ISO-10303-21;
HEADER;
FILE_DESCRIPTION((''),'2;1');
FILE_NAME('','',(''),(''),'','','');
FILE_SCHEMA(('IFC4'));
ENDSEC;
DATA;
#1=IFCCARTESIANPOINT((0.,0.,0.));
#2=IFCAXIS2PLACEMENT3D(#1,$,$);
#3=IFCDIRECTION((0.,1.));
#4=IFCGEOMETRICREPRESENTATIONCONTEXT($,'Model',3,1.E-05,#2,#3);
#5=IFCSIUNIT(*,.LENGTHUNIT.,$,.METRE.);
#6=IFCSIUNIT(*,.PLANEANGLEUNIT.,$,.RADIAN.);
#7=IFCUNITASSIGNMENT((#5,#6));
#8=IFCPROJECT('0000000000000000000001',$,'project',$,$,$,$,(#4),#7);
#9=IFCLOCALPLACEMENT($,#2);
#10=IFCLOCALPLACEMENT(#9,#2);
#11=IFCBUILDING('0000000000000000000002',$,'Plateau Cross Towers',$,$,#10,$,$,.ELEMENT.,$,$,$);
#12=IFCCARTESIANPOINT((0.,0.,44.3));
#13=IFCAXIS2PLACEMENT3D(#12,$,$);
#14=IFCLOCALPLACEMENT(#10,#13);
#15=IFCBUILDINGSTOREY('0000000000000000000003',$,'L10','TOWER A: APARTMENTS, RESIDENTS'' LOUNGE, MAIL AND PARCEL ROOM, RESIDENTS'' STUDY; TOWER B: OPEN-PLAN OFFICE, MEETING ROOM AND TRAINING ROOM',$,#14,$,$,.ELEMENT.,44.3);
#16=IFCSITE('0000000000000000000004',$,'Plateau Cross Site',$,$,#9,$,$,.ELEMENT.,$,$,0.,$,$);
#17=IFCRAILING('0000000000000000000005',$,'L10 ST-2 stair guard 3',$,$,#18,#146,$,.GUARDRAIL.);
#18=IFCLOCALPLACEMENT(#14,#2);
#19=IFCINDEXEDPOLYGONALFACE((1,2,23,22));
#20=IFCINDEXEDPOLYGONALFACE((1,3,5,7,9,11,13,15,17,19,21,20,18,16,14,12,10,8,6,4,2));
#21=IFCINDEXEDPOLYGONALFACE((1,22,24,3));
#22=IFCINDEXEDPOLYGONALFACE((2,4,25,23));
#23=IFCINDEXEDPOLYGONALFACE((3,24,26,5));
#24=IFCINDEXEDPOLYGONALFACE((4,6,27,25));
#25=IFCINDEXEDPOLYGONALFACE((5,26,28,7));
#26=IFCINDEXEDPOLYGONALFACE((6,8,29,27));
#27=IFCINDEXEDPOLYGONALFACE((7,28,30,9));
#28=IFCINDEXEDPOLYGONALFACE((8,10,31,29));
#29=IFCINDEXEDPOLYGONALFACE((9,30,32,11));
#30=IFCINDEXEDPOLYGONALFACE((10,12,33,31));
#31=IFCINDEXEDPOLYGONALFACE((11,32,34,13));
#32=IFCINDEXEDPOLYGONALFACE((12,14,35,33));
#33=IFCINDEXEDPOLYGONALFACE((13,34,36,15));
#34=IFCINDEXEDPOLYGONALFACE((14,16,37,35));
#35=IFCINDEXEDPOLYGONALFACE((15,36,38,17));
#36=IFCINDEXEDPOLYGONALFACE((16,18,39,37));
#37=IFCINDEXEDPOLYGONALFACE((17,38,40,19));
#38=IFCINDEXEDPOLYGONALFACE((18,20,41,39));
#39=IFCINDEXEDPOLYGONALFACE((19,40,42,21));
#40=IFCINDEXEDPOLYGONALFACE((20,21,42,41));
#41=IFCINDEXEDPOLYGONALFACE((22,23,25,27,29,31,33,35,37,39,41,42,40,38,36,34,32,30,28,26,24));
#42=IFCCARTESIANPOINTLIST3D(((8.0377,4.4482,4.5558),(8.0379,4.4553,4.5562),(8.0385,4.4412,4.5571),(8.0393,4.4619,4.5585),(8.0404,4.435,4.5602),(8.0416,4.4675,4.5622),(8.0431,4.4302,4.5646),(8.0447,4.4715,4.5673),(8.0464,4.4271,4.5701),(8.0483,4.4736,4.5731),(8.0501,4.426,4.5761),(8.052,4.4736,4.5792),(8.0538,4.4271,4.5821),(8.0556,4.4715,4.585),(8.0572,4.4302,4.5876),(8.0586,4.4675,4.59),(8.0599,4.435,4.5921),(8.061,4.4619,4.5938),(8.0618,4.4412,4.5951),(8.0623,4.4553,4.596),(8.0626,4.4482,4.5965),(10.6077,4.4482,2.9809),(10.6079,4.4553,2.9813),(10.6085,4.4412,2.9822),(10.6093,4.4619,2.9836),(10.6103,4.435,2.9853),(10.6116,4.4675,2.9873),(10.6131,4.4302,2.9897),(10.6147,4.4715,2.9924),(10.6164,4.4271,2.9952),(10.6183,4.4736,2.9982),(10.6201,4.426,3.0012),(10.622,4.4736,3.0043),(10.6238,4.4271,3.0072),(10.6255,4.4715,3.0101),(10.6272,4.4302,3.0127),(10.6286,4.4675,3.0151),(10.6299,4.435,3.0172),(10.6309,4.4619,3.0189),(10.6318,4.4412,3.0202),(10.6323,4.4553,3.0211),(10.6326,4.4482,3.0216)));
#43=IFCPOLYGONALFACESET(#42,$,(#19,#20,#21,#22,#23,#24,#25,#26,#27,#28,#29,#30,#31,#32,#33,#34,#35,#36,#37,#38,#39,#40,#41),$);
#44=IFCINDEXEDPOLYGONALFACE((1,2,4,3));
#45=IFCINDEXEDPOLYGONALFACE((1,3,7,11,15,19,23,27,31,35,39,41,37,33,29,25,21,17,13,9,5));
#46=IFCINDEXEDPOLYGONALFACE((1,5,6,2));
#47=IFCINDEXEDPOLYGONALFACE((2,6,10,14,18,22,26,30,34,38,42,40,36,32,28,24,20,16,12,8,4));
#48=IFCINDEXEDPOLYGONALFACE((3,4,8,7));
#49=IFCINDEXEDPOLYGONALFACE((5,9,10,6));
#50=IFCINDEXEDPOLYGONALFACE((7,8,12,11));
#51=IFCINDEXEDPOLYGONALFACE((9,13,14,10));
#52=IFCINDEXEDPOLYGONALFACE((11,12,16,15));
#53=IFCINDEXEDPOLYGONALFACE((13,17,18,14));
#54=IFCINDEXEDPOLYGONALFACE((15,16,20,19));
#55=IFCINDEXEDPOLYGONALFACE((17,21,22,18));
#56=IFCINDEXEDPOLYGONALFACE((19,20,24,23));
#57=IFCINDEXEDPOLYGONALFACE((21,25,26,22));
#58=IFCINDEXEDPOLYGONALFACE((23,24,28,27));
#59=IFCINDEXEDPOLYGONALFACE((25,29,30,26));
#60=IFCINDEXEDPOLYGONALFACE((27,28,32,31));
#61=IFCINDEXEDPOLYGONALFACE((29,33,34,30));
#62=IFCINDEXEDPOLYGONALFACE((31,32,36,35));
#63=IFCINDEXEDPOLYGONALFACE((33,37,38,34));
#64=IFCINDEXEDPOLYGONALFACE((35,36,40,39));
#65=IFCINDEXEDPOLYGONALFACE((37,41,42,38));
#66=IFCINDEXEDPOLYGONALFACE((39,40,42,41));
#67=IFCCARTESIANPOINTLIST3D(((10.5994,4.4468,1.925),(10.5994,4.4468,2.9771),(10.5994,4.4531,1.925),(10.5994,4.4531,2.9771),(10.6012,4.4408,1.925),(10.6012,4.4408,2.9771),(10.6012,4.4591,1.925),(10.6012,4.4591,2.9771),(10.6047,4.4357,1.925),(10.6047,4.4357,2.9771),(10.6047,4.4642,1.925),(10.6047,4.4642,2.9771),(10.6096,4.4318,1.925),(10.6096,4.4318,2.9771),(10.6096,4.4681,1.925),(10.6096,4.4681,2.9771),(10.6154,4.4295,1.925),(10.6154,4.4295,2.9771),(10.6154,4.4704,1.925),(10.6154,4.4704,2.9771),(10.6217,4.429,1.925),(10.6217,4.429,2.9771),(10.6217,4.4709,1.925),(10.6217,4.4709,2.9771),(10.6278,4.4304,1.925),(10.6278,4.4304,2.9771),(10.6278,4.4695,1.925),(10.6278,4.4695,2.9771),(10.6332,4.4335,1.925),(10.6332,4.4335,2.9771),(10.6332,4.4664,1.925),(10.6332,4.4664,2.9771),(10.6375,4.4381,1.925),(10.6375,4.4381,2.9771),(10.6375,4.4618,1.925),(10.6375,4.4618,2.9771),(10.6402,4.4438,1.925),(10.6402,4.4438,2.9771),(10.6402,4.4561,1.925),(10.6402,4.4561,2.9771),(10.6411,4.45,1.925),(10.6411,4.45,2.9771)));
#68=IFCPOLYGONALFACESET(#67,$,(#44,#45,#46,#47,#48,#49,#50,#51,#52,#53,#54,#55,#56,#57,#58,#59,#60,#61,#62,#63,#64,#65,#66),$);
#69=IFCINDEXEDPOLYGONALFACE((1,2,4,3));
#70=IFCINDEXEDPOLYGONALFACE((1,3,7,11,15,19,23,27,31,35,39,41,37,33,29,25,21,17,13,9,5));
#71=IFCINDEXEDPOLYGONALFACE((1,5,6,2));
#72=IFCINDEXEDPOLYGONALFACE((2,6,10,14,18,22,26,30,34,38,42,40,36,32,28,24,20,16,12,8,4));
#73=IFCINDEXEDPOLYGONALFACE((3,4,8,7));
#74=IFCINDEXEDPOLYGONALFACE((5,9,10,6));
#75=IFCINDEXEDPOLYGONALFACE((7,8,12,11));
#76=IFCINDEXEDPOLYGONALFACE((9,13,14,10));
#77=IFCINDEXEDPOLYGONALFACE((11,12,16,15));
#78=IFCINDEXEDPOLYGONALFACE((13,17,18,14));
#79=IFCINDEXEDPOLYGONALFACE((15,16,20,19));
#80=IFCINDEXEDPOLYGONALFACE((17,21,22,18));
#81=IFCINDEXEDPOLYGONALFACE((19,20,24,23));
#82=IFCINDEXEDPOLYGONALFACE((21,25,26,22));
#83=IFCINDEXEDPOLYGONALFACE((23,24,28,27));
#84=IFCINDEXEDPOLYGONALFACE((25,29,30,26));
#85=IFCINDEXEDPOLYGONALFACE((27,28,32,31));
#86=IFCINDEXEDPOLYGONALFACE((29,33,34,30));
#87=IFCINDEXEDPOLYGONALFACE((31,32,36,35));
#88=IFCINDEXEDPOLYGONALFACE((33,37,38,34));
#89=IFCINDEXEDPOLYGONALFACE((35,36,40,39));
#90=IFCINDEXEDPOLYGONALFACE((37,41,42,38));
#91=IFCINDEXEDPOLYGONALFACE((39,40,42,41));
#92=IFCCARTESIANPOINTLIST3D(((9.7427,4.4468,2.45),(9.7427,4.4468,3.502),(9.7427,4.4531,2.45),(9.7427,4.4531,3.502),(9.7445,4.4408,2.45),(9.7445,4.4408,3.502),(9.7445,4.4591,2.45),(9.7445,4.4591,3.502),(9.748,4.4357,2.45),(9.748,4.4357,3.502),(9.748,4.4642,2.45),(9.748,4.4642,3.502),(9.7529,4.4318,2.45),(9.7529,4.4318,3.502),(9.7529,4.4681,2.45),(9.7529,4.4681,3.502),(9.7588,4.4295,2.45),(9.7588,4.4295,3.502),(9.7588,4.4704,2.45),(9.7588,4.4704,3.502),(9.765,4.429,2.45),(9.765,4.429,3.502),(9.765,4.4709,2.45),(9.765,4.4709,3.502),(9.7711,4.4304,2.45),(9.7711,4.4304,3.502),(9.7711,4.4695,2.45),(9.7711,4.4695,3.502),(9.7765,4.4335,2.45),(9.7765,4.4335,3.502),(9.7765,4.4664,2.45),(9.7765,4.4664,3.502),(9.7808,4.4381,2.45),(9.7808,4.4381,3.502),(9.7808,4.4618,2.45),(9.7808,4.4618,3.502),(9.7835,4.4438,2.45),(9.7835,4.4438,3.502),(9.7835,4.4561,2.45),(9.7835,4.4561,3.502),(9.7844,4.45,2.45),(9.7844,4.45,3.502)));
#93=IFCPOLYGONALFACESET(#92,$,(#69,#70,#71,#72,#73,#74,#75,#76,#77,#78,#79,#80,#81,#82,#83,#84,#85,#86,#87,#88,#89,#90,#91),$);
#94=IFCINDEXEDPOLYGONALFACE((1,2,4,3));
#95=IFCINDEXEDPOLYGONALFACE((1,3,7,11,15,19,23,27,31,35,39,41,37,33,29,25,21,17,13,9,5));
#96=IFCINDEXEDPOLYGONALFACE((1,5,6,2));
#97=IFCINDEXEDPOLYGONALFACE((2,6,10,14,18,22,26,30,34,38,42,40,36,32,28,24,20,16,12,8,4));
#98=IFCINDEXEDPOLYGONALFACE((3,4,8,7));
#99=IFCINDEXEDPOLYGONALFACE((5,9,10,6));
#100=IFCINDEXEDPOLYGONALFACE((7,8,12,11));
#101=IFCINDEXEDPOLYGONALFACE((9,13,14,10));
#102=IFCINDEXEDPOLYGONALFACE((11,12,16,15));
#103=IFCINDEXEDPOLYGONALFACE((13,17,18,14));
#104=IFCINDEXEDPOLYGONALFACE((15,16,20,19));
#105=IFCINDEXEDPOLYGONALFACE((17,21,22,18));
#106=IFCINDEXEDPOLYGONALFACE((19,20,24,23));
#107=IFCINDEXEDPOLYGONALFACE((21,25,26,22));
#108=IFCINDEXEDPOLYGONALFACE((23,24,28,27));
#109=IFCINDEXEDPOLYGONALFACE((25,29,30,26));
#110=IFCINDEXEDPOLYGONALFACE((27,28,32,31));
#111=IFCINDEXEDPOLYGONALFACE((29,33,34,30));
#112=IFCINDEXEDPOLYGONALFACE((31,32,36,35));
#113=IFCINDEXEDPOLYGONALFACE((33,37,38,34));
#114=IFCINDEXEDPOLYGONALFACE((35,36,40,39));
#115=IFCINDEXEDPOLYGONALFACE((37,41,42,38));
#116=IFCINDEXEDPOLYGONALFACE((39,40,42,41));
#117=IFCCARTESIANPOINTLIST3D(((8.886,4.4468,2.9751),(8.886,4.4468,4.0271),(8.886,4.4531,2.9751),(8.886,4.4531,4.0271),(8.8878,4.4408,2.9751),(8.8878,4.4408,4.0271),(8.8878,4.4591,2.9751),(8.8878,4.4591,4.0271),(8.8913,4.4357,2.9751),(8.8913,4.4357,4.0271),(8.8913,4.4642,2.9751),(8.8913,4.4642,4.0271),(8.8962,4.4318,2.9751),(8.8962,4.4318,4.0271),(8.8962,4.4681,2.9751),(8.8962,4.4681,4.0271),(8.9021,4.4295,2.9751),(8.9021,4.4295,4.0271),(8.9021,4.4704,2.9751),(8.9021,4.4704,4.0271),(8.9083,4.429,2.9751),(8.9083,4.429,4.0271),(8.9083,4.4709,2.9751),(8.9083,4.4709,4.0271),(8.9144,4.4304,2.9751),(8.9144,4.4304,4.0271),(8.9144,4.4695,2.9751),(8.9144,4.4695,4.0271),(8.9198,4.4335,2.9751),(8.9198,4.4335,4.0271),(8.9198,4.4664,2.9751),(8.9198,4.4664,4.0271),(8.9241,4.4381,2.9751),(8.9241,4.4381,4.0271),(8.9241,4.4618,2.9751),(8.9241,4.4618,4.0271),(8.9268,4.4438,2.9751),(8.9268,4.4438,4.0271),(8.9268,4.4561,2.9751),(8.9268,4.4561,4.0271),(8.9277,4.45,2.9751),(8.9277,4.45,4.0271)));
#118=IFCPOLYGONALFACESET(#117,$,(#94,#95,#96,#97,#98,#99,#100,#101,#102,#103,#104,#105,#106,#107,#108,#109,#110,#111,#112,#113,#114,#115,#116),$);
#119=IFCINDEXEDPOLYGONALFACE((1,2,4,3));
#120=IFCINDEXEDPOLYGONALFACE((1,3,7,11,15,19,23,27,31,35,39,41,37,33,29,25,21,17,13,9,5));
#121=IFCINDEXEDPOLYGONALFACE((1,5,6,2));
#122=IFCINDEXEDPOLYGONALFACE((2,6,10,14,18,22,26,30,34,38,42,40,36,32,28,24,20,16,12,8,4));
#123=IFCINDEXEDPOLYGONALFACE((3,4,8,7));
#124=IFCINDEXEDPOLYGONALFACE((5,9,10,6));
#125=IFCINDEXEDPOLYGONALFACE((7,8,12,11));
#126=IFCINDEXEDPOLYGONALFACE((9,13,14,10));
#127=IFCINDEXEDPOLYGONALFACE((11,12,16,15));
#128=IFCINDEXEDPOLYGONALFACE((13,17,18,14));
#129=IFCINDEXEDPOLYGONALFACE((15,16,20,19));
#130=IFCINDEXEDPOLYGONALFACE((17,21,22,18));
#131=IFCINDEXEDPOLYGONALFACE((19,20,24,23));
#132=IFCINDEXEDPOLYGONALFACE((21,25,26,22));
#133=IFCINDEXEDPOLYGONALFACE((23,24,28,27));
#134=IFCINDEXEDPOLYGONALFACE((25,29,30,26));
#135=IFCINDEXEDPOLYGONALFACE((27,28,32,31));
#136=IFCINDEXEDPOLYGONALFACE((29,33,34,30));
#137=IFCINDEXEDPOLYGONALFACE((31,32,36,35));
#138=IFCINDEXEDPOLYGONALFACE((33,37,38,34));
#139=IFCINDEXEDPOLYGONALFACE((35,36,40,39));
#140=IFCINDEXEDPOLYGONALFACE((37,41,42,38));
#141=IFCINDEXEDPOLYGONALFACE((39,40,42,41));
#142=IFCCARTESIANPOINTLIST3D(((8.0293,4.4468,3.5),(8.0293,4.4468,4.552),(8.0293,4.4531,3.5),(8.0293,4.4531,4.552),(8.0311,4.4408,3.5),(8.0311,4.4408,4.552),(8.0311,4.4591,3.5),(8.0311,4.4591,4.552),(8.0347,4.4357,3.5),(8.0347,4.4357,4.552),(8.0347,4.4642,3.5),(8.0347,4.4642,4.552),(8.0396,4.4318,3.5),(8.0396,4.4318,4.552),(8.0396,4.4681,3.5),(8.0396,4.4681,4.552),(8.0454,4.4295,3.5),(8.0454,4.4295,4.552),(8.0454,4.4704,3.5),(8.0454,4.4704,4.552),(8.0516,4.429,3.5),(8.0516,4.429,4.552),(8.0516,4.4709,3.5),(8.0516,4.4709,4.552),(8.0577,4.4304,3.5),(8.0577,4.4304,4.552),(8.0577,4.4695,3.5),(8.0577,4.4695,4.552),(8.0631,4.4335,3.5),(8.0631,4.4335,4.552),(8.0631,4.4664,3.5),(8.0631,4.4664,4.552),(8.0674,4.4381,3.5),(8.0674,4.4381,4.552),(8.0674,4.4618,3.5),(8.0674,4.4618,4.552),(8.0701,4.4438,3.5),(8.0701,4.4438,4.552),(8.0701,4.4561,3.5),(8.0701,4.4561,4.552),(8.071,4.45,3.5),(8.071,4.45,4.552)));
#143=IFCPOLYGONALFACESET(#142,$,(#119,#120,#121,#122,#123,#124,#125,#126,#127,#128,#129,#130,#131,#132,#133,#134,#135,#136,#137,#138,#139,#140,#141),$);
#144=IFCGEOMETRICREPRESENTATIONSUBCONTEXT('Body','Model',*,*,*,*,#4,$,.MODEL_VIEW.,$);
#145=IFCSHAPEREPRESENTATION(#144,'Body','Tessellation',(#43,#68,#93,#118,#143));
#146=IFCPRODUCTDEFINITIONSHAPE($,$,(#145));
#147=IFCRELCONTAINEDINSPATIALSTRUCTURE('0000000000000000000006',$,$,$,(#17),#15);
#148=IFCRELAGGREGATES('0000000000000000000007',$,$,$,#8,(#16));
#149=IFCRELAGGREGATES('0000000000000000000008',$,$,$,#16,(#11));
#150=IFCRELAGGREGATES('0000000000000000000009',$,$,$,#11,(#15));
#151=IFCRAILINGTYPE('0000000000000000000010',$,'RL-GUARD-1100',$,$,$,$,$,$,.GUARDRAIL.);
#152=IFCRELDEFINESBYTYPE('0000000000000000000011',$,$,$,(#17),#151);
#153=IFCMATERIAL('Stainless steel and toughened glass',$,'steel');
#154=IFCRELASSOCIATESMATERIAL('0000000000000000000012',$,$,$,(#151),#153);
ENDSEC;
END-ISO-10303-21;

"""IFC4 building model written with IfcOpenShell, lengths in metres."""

from ifc_helpers import new_model, si_unit, direction, frame, origin, origin_2d, place, context, subcontext, project, spatial, circle, extrude, material, type_object, element, save


model = new_model("IFC4")

# Units and contexts
model_context = context("Model", 3, precision=1e-05, world=origin(), true_north=direction((0.0, 1.0)))
body_context = subcontext(model_context, "Body", "Model", "MODEL_VIEW")
ifc_project = project(units=[si_unit("LENGTHUNIT", "METRE"), si_unit("PLANEANGLEUNIT", "RADIAN")], contexts=[model_context])

# Site, building, storey
site_placement = place(None, origin())
site = spatial("IfcSite", under=ifc_project, at=site_placement, Name="Plateau Cross Site", CompositionType="ELEMENT", RefElevation=0.0)
building_placement = place(site_placement, origin())
building = spatial("IfcBuilding", under=site, at=building_placement, Name="Plateau Cross Towers", CompositionType="ELEMENT")
storey_placement = place(building_placement, frame((0.0, 0.0, 44.3)))
storey = spatial("IfcBuildingStorey", under=building, at=storey_placement, Name="L10", Description="TOWER A: APARTMENTS, RESIDENTS' LOUNGE, MAIL AND PARCEL ROOM, RESIDENTS' STUDY; TOWER B: OPEN-PLAN OFFICE, MEETING ROOM AND TRAINING ROOM", CompositionType="ELEMENT", Elevation=44.3)

# Railing
ifc_material_1 = material(Name="Stainless steel and toughened glass", Category="steel")
railing_type_1 = type_object("IfcRailingType", Name="RL-GUARD-1100", PredefinedType="GUARDRAIL", material=ifc_material_1)
railing_1_placement = place(storey_placement, frame((10.6201, 4.45, 1.925)))
element("IfcRailing", 1, at=railing_1_placement, inside=storey, type_object=railing_type_1, Name="L10 ST-2 stair guard 3", PredefinedType="GUARDRAIL", context=body_context, shape_type="SweptSolid", body=[
    extrude(circle(Radius=0.0239, at=origin_2d()), frame((0.0, 0.0, 1.0762), z_axis=(-0.852639, 0.0, 0.522501), x_axis=(0.0, -1.0, 0.0)), (0.0, 0.0, 1.0), 3.0142),
    extrude(circle(Radius=0.021, at=origin_2d()), origin(), (0.0, 0.0, 1.0), 1.052),
    extrude(circle(Radius=0.021, at=origin_2d()), frame((-0.8567, 0.0, 0.5249)), (0.0, 0.0, 1.0), 1.052),
    extrude(circle(Radius=0.021, at=origin_2d()), frame((-1.7134, 0.0, 1.05)), (0.0, 0.0, 1.0), 1.052),
    extrude(circle(Radius=0.021, at=origin_2d()), frame((-2.5701, 0.0, 1.575)), (0.0, 0.0, 1.0), 1.052),
])

save(model, "model.ifc")
